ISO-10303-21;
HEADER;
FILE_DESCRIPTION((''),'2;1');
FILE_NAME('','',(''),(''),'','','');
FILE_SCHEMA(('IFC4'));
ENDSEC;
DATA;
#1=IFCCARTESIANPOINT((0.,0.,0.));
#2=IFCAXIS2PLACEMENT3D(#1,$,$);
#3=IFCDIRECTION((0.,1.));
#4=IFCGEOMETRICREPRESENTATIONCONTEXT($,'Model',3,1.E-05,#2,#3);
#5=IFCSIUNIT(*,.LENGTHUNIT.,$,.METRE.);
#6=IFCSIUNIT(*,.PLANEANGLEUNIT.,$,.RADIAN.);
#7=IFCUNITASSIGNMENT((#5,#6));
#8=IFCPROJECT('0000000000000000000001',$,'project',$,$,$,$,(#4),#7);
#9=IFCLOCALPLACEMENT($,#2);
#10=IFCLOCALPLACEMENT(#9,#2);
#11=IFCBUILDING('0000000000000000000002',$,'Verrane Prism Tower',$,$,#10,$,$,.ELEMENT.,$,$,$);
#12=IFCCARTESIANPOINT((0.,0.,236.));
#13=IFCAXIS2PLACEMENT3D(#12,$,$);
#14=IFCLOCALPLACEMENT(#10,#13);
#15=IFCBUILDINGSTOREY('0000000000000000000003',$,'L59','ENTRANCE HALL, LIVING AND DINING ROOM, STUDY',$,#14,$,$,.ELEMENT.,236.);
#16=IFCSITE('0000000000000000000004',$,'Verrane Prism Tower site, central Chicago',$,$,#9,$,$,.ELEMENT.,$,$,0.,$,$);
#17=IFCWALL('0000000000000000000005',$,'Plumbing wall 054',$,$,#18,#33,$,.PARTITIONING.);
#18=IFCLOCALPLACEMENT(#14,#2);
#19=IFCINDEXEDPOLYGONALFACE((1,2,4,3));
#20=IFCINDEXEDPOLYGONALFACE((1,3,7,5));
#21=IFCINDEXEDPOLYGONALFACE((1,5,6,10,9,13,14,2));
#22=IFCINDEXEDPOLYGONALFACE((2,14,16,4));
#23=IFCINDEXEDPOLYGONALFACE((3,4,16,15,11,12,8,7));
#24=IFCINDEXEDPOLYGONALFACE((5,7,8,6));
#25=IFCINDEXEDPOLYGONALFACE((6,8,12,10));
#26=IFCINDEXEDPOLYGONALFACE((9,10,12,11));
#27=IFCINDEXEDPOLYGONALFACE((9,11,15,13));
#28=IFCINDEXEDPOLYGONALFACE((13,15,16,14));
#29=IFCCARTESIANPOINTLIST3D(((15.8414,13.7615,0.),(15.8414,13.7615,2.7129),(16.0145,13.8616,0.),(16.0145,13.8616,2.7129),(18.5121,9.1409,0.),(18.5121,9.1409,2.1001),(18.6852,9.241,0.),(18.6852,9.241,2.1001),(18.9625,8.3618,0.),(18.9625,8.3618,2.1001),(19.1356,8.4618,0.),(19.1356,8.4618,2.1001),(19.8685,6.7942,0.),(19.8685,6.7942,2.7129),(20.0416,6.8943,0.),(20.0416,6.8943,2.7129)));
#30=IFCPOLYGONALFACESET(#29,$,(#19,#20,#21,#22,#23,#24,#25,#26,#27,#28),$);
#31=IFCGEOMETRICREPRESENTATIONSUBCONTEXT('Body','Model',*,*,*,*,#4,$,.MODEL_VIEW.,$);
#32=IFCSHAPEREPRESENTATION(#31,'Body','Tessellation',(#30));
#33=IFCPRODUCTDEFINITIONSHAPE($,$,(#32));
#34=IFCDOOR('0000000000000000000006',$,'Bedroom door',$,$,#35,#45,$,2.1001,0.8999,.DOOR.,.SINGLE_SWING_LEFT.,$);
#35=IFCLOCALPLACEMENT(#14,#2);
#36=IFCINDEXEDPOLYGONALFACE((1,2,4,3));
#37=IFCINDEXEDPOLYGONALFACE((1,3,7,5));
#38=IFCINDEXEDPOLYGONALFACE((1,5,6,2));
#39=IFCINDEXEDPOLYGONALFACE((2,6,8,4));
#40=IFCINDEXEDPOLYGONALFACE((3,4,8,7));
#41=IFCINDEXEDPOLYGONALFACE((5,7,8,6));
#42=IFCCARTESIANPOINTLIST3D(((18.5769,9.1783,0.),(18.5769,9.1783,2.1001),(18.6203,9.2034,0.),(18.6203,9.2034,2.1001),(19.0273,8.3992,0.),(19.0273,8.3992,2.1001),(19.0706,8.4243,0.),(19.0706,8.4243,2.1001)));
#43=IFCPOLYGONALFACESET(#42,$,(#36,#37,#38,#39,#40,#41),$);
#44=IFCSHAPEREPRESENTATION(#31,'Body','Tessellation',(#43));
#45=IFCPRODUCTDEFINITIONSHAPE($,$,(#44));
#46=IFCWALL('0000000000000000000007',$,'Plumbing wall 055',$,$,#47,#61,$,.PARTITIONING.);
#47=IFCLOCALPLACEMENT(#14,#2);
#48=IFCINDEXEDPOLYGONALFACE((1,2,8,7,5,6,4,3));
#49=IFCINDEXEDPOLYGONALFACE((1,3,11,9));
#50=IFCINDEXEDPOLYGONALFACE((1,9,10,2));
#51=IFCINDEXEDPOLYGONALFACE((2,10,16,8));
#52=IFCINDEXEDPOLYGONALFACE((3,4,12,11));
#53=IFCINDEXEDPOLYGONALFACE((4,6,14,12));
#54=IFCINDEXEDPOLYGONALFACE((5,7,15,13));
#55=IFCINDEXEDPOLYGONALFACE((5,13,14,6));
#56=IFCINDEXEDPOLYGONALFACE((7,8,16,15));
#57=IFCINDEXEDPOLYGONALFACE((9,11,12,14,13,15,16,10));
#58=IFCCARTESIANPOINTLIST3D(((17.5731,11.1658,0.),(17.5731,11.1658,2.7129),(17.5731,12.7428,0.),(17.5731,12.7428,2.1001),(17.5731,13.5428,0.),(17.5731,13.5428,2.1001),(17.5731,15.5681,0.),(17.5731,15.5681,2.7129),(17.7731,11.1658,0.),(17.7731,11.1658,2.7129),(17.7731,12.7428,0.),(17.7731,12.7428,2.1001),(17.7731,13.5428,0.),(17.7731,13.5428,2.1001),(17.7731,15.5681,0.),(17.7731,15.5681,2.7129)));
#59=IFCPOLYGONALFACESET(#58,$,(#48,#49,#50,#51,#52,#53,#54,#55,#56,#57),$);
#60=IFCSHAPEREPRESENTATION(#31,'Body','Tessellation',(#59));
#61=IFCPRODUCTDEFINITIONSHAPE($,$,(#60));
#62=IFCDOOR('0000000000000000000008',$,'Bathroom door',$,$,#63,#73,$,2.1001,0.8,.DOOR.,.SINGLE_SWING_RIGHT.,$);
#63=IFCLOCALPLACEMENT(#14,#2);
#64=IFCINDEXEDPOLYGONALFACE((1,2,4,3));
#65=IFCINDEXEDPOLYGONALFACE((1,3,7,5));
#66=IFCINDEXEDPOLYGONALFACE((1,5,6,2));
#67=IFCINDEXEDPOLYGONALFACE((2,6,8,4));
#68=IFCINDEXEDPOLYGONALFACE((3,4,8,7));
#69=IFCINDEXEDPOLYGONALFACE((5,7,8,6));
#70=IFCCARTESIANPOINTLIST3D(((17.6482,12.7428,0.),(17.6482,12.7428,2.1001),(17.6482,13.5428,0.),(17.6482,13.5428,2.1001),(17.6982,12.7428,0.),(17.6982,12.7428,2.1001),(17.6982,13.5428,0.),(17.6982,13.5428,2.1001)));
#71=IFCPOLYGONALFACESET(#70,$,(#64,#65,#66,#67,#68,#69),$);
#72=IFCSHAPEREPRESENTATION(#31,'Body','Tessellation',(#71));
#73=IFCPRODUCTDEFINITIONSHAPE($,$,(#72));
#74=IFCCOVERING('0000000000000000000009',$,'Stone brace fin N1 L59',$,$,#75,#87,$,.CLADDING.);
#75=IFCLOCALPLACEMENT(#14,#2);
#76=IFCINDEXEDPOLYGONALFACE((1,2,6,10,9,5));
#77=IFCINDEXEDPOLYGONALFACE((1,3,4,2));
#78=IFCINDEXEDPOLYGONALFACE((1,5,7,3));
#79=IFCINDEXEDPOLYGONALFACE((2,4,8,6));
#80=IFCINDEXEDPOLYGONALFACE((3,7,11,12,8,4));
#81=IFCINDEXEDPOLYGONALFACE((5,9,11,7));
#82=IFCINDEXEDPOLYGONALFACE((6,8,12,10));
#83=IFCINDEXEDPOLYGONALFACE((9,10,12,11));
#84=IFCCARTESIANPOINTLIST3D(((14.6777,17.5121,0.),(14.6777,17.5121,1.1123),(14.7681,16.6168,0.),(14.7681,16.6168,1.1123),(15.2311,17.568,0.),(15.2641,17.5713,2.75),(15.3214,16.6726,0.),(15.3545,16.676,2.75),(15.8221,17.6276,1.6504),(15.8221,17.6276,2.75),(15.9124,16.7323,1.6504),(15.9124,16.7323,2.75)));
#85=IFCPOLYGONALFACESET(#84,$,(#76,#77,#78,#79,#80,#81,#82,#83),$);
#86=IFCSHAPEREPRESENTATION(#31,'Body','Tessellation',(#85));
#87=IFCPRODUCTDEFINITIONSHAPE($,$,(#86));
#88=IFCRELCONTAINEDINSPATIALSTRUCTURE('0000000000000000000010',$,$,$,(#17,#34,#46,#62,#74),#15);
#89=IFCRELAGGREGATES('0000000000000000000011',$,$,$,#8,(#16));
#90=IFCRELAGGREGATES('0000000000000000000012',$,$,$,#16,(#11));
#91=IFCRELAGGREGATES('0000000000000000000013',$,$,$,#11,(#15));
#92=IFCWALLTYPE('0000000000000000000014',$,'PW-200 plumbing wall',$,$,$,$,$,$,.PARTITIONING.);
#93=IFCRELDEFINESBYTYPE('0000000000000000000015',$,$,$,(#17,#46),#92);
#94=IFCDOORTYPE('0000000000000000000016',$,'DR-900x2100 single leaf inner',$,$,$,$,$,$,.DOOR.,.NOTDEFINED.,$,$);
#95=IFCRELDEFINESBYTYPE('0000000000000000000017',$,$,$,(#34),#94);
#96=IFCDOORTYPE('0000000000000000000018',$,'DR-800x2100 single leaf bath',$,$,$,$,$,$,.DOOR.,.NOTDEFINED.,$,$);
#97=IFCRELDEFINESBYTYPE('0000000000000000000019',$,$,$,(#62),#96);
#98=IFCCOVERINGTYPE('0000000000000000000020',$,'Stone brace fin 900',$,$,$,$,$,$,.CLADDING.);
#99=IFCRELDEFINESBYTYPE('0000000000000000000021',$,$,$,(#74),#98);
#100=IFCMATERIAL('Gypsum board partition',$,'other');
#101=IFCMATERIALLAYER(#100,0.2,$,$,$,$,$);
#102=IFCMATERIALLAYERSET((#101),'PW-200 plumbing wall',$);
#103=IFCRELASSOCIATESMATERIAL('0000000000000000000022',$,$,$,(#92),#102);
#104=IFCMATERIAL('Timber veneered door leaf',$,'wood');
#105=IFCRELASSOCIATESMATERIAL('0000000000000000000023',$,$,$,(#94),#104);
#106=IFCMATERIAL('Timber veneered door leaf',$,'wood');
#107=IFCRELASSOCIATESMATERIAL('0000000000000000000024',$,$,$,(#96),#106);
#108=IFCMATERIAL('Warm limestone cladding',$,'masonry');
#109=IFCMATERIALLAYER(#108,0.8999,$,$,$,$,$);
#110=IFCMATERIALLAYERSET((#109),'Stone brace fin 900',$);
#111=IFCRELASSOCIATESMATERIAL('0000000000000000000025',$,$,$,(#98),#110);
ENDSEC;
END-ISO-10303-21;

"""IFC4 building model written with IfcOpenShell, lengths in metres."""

from ifc_helpers import new_model, si_unit, direction, frame, frame_2d, origin, place, context, subcontext, project, spatial, polyline, rectangle, outline, extrude, material, layer, layer_set, type_object, element, fill, save


model = new_model("IFC4")

# Units and contexts
model_context = context("Model", 3, precision=1e-05, world=origin(), true_north=direction((0.0, 1.0)))
body_context = subcontext(model_context, "Body", "Model", "MODEL_VIEW")
ifc_project = project(units=[si_unit("LENGTHUNIT", "METRE"), si_unit("PLANEANGLEUNIT", "RADIAN")], contexts=[model_context])

# Site, building, storey
site_placement = place(None, origin())
site = spatial("IfcSite", under=ifc_project, at=site_placement, Name="Verrane Prism Tower site, central Chicago", CompositionType="ELEMENT", RefElevation=0.0)
building_placement = place(site_placement, origin())
building = spatial("IfcBuilding", under=site, at=building_placement, Name="Verrane Prism Tower", CompositionType="ELEMENT")
storey_placement = place(building_placement, frame((0.0, 0.0, 236.0)))
storey = spatial("IfcBuildingStorey", under=building, at=storey_placement, Name="L59", Description="ENTRANCE HALL, LIVING AND DINING ROOM, STUDY", CompositionType="ELEMENT", Elevation=236.0)

# Shared definitions
ifc_material_1 = material(Name="Gypsum board partition", Category="other")
ifc_layer_1 = layer(ifc_material_1, 0.2)
ifc_layer_set_1 = layer_set([ifc_layer_1], Name="PW-200 plumbing wall")
wall_type = type_object("IfcWallType", Name="PW-200 plumbing wall", PredefinedType="PARTITIONING", material=ifc_layer_set_1)

# Walls, openings, doors
wall_1_placement = place(storey_placement, frame((15.928, 13.8115, 0.0), z_axis=(0.0, 0.0, 1.0), x_axis=(0.500423, -0.865781, 0.0)))
wall_1 = element("IfcWall", 1, at=wall_1_placement, inside=storey, type_object=wall_type, Name="Plumbing wall 054", PredefinedType="PARTITIONING", context=body_context, shape_type="SweptSolid", body=[
    extrude(rectangle(XDim=8.0474, YDim=0.2, at=frame_2d((4.0237, 0.0))), origin(), (0.0, 0.0, 1.0), 2.7129),
])
opening_1_placement = place(wall_1_placement, frame((5.3369, 0.0, 0.0)))
opening_1 = element("IfcOpeningElement", 2, at=opening_1_placement, cuts=wall_1, PredefinedType="OPENING", context=body_context, shape_type="SweptSolid", body=[
    extrude(rectangle(XDim=0.8999, YDim=2.1001, at=frame_2d((0.45, 1.05))), frame((0.0, 0.1099, 0.0), z_axis=(0.0, -1.0, 0.0), x_axis=(1.0, 0.0, 0.0)), (0.0, 0.0, 1.0), 0.22),
])
ifc_material_2 = material(Name="Timber veneered door leaf", Category="wood")
door_type_1 = type_object("IfcDoorType", Name="DR-900x2100 single leaf inner", OperationType="NOTDEFINED", PredefinedType="DOOR", material=ifc_material_2)
door_1_placement = place(opening_1_placement, origin())
door_1 = element("IfcDoor", 3, at=door_1_placement, inside=storey, type_object=door_type_1, Name="Bedroom door", OperationType="SINGLE_SWING_LEFT", OverallHeight=2.1001, OverallWidth=0.8999, PredefinedType="DOOR", context=body_context, shape_type="SweptSolid", body=[
    extrude(rectangle(XDim=0.8999, YDim=2.1001, at=frame_2d((0.45, 1.05))), frame((0.0, 0.0249, 0.0), z_axis=(0.0, -1.0, 0.0), x_axis=(1.0, 0.0, 0.0)), (0.0, 0.0, 1.0), 0.05),
])
fill(opening_1, door_1)
wall_2_placement = place(storey_placement, frame((17.6731, 11.1658, 0.0), z_axis=(0.0, 0.0, 1.0), x_axis=(0.0, 1.0, 0.0)))
wall_2 = element("IfcWall", 4, at=wall_2_placement, inside=storey, type_object=wall_type, Name="Plumbing wall 055", PredefinedType="PARTITIONING", context=body_context, shape_type="SweptSolid", body=[
    extrude(rectangle(XDim=4.4023, YDim=0.2, at=frame_2d((2.2012, 0.0))), origin(), (0.0, 0.0, 1.0), 2.7129),
])
opening_2_placement = place(wall_2_placement, frame((1.5771, 0.0, 0.0)))
opening_2 = element("IfcOpeningElement", 5, at=opening_2_placement, cuts=wall_2, PredefinedType="OPENING", context=body_context, shape_type="SweptSolid", body=[
    extrude(rectangle(XDim=0.8, YDim=2.1001, at=frame_2d((0.3999, 1.05))), frame((0.0, 0.1099, 0.0), z_axis=(0.0, -1.0, 0.0), x_axis=(1.0, 0.0, 0.0)), (0.0, 0.0, 1.0), 0.22),
])
ifc_material_3 = material(Name="Timber veneered door leaf", Category="wood")
door_type_2 = type_object("IfcDoorType", Name="DR-800x2100 single leaf bath", OperationType="NOTDEFINED", PredefinedType="DOOR", material=ifc_material_3)
door_2_placement = place(opening_2_placement, origin())
door_2 = element("IfcDoor", 6, at=door_2_placement, inside=storey, type_object=door_type_2, Name="Bathroom door", OperationType="SINGLE_SWING_RIGHT", OverallHeight=2.1001, OverallWidth=0.8, PredefinedType="DOOR", context=body_context, shape_type="SweptSolid", body=[
    extrude(rectangle(XDim=0.8, YDim=2.1001, at=frame_2d((0.3999, 1.05))), frame((0.0, 0.0249, 0.0), z_axis=(0.0, -1.0, 0.0), x_axis=(1.0, 0.0, 0.0)), (0.0, 0.0, 1.0), 0.05),
])
fill(opening_2, door_2)

# Covering
ifc_material_4 = material(Name="Warm limestone cladding", Category="masonry")
ifc_layer_2 = layer(ifc_material_4, 0.8999)
ifc_layer_set_2 = layer_set([ifc_layer_2], Name="Stone brace fin 900")
covering_type = type_object("IfcCoveringType", Name="Stone brace fin 900", PredefinedType="CLADDING", material=ifc_layer_set_2)
covering_placement = place(storey_placement, frame((14.7229, 17.0645, 0.0), z_axis=(0.0, 0.0, 1.0), x_axis=(0.994946, 0.100407, 0.0)))
element("IfcCovering", 7, at=covering_placement, inside=storey, type_object=covering_type, Name="Stone brace fin N1 L59", PredefinedType="CLADDING", context=body_context, shape_type="SweptSolid", body=[
    extrude(outline(polyline([(1.1501, 2.75), (0.5894, 2.75), (0.0, 1.1123), (0.0, 0.0), (0.5562, 0.0), (1.1501, 1.6504), (1.1501, 2.75)])), frame((0.0, 0.45, 0.0), z_axis=(0.0, -1.0, 0.0), x_axis=(1.0, 0.0, 0.0)), (0.0, 0.0, 1.0), 0.8999),
])

save(model, "model.ifc")
